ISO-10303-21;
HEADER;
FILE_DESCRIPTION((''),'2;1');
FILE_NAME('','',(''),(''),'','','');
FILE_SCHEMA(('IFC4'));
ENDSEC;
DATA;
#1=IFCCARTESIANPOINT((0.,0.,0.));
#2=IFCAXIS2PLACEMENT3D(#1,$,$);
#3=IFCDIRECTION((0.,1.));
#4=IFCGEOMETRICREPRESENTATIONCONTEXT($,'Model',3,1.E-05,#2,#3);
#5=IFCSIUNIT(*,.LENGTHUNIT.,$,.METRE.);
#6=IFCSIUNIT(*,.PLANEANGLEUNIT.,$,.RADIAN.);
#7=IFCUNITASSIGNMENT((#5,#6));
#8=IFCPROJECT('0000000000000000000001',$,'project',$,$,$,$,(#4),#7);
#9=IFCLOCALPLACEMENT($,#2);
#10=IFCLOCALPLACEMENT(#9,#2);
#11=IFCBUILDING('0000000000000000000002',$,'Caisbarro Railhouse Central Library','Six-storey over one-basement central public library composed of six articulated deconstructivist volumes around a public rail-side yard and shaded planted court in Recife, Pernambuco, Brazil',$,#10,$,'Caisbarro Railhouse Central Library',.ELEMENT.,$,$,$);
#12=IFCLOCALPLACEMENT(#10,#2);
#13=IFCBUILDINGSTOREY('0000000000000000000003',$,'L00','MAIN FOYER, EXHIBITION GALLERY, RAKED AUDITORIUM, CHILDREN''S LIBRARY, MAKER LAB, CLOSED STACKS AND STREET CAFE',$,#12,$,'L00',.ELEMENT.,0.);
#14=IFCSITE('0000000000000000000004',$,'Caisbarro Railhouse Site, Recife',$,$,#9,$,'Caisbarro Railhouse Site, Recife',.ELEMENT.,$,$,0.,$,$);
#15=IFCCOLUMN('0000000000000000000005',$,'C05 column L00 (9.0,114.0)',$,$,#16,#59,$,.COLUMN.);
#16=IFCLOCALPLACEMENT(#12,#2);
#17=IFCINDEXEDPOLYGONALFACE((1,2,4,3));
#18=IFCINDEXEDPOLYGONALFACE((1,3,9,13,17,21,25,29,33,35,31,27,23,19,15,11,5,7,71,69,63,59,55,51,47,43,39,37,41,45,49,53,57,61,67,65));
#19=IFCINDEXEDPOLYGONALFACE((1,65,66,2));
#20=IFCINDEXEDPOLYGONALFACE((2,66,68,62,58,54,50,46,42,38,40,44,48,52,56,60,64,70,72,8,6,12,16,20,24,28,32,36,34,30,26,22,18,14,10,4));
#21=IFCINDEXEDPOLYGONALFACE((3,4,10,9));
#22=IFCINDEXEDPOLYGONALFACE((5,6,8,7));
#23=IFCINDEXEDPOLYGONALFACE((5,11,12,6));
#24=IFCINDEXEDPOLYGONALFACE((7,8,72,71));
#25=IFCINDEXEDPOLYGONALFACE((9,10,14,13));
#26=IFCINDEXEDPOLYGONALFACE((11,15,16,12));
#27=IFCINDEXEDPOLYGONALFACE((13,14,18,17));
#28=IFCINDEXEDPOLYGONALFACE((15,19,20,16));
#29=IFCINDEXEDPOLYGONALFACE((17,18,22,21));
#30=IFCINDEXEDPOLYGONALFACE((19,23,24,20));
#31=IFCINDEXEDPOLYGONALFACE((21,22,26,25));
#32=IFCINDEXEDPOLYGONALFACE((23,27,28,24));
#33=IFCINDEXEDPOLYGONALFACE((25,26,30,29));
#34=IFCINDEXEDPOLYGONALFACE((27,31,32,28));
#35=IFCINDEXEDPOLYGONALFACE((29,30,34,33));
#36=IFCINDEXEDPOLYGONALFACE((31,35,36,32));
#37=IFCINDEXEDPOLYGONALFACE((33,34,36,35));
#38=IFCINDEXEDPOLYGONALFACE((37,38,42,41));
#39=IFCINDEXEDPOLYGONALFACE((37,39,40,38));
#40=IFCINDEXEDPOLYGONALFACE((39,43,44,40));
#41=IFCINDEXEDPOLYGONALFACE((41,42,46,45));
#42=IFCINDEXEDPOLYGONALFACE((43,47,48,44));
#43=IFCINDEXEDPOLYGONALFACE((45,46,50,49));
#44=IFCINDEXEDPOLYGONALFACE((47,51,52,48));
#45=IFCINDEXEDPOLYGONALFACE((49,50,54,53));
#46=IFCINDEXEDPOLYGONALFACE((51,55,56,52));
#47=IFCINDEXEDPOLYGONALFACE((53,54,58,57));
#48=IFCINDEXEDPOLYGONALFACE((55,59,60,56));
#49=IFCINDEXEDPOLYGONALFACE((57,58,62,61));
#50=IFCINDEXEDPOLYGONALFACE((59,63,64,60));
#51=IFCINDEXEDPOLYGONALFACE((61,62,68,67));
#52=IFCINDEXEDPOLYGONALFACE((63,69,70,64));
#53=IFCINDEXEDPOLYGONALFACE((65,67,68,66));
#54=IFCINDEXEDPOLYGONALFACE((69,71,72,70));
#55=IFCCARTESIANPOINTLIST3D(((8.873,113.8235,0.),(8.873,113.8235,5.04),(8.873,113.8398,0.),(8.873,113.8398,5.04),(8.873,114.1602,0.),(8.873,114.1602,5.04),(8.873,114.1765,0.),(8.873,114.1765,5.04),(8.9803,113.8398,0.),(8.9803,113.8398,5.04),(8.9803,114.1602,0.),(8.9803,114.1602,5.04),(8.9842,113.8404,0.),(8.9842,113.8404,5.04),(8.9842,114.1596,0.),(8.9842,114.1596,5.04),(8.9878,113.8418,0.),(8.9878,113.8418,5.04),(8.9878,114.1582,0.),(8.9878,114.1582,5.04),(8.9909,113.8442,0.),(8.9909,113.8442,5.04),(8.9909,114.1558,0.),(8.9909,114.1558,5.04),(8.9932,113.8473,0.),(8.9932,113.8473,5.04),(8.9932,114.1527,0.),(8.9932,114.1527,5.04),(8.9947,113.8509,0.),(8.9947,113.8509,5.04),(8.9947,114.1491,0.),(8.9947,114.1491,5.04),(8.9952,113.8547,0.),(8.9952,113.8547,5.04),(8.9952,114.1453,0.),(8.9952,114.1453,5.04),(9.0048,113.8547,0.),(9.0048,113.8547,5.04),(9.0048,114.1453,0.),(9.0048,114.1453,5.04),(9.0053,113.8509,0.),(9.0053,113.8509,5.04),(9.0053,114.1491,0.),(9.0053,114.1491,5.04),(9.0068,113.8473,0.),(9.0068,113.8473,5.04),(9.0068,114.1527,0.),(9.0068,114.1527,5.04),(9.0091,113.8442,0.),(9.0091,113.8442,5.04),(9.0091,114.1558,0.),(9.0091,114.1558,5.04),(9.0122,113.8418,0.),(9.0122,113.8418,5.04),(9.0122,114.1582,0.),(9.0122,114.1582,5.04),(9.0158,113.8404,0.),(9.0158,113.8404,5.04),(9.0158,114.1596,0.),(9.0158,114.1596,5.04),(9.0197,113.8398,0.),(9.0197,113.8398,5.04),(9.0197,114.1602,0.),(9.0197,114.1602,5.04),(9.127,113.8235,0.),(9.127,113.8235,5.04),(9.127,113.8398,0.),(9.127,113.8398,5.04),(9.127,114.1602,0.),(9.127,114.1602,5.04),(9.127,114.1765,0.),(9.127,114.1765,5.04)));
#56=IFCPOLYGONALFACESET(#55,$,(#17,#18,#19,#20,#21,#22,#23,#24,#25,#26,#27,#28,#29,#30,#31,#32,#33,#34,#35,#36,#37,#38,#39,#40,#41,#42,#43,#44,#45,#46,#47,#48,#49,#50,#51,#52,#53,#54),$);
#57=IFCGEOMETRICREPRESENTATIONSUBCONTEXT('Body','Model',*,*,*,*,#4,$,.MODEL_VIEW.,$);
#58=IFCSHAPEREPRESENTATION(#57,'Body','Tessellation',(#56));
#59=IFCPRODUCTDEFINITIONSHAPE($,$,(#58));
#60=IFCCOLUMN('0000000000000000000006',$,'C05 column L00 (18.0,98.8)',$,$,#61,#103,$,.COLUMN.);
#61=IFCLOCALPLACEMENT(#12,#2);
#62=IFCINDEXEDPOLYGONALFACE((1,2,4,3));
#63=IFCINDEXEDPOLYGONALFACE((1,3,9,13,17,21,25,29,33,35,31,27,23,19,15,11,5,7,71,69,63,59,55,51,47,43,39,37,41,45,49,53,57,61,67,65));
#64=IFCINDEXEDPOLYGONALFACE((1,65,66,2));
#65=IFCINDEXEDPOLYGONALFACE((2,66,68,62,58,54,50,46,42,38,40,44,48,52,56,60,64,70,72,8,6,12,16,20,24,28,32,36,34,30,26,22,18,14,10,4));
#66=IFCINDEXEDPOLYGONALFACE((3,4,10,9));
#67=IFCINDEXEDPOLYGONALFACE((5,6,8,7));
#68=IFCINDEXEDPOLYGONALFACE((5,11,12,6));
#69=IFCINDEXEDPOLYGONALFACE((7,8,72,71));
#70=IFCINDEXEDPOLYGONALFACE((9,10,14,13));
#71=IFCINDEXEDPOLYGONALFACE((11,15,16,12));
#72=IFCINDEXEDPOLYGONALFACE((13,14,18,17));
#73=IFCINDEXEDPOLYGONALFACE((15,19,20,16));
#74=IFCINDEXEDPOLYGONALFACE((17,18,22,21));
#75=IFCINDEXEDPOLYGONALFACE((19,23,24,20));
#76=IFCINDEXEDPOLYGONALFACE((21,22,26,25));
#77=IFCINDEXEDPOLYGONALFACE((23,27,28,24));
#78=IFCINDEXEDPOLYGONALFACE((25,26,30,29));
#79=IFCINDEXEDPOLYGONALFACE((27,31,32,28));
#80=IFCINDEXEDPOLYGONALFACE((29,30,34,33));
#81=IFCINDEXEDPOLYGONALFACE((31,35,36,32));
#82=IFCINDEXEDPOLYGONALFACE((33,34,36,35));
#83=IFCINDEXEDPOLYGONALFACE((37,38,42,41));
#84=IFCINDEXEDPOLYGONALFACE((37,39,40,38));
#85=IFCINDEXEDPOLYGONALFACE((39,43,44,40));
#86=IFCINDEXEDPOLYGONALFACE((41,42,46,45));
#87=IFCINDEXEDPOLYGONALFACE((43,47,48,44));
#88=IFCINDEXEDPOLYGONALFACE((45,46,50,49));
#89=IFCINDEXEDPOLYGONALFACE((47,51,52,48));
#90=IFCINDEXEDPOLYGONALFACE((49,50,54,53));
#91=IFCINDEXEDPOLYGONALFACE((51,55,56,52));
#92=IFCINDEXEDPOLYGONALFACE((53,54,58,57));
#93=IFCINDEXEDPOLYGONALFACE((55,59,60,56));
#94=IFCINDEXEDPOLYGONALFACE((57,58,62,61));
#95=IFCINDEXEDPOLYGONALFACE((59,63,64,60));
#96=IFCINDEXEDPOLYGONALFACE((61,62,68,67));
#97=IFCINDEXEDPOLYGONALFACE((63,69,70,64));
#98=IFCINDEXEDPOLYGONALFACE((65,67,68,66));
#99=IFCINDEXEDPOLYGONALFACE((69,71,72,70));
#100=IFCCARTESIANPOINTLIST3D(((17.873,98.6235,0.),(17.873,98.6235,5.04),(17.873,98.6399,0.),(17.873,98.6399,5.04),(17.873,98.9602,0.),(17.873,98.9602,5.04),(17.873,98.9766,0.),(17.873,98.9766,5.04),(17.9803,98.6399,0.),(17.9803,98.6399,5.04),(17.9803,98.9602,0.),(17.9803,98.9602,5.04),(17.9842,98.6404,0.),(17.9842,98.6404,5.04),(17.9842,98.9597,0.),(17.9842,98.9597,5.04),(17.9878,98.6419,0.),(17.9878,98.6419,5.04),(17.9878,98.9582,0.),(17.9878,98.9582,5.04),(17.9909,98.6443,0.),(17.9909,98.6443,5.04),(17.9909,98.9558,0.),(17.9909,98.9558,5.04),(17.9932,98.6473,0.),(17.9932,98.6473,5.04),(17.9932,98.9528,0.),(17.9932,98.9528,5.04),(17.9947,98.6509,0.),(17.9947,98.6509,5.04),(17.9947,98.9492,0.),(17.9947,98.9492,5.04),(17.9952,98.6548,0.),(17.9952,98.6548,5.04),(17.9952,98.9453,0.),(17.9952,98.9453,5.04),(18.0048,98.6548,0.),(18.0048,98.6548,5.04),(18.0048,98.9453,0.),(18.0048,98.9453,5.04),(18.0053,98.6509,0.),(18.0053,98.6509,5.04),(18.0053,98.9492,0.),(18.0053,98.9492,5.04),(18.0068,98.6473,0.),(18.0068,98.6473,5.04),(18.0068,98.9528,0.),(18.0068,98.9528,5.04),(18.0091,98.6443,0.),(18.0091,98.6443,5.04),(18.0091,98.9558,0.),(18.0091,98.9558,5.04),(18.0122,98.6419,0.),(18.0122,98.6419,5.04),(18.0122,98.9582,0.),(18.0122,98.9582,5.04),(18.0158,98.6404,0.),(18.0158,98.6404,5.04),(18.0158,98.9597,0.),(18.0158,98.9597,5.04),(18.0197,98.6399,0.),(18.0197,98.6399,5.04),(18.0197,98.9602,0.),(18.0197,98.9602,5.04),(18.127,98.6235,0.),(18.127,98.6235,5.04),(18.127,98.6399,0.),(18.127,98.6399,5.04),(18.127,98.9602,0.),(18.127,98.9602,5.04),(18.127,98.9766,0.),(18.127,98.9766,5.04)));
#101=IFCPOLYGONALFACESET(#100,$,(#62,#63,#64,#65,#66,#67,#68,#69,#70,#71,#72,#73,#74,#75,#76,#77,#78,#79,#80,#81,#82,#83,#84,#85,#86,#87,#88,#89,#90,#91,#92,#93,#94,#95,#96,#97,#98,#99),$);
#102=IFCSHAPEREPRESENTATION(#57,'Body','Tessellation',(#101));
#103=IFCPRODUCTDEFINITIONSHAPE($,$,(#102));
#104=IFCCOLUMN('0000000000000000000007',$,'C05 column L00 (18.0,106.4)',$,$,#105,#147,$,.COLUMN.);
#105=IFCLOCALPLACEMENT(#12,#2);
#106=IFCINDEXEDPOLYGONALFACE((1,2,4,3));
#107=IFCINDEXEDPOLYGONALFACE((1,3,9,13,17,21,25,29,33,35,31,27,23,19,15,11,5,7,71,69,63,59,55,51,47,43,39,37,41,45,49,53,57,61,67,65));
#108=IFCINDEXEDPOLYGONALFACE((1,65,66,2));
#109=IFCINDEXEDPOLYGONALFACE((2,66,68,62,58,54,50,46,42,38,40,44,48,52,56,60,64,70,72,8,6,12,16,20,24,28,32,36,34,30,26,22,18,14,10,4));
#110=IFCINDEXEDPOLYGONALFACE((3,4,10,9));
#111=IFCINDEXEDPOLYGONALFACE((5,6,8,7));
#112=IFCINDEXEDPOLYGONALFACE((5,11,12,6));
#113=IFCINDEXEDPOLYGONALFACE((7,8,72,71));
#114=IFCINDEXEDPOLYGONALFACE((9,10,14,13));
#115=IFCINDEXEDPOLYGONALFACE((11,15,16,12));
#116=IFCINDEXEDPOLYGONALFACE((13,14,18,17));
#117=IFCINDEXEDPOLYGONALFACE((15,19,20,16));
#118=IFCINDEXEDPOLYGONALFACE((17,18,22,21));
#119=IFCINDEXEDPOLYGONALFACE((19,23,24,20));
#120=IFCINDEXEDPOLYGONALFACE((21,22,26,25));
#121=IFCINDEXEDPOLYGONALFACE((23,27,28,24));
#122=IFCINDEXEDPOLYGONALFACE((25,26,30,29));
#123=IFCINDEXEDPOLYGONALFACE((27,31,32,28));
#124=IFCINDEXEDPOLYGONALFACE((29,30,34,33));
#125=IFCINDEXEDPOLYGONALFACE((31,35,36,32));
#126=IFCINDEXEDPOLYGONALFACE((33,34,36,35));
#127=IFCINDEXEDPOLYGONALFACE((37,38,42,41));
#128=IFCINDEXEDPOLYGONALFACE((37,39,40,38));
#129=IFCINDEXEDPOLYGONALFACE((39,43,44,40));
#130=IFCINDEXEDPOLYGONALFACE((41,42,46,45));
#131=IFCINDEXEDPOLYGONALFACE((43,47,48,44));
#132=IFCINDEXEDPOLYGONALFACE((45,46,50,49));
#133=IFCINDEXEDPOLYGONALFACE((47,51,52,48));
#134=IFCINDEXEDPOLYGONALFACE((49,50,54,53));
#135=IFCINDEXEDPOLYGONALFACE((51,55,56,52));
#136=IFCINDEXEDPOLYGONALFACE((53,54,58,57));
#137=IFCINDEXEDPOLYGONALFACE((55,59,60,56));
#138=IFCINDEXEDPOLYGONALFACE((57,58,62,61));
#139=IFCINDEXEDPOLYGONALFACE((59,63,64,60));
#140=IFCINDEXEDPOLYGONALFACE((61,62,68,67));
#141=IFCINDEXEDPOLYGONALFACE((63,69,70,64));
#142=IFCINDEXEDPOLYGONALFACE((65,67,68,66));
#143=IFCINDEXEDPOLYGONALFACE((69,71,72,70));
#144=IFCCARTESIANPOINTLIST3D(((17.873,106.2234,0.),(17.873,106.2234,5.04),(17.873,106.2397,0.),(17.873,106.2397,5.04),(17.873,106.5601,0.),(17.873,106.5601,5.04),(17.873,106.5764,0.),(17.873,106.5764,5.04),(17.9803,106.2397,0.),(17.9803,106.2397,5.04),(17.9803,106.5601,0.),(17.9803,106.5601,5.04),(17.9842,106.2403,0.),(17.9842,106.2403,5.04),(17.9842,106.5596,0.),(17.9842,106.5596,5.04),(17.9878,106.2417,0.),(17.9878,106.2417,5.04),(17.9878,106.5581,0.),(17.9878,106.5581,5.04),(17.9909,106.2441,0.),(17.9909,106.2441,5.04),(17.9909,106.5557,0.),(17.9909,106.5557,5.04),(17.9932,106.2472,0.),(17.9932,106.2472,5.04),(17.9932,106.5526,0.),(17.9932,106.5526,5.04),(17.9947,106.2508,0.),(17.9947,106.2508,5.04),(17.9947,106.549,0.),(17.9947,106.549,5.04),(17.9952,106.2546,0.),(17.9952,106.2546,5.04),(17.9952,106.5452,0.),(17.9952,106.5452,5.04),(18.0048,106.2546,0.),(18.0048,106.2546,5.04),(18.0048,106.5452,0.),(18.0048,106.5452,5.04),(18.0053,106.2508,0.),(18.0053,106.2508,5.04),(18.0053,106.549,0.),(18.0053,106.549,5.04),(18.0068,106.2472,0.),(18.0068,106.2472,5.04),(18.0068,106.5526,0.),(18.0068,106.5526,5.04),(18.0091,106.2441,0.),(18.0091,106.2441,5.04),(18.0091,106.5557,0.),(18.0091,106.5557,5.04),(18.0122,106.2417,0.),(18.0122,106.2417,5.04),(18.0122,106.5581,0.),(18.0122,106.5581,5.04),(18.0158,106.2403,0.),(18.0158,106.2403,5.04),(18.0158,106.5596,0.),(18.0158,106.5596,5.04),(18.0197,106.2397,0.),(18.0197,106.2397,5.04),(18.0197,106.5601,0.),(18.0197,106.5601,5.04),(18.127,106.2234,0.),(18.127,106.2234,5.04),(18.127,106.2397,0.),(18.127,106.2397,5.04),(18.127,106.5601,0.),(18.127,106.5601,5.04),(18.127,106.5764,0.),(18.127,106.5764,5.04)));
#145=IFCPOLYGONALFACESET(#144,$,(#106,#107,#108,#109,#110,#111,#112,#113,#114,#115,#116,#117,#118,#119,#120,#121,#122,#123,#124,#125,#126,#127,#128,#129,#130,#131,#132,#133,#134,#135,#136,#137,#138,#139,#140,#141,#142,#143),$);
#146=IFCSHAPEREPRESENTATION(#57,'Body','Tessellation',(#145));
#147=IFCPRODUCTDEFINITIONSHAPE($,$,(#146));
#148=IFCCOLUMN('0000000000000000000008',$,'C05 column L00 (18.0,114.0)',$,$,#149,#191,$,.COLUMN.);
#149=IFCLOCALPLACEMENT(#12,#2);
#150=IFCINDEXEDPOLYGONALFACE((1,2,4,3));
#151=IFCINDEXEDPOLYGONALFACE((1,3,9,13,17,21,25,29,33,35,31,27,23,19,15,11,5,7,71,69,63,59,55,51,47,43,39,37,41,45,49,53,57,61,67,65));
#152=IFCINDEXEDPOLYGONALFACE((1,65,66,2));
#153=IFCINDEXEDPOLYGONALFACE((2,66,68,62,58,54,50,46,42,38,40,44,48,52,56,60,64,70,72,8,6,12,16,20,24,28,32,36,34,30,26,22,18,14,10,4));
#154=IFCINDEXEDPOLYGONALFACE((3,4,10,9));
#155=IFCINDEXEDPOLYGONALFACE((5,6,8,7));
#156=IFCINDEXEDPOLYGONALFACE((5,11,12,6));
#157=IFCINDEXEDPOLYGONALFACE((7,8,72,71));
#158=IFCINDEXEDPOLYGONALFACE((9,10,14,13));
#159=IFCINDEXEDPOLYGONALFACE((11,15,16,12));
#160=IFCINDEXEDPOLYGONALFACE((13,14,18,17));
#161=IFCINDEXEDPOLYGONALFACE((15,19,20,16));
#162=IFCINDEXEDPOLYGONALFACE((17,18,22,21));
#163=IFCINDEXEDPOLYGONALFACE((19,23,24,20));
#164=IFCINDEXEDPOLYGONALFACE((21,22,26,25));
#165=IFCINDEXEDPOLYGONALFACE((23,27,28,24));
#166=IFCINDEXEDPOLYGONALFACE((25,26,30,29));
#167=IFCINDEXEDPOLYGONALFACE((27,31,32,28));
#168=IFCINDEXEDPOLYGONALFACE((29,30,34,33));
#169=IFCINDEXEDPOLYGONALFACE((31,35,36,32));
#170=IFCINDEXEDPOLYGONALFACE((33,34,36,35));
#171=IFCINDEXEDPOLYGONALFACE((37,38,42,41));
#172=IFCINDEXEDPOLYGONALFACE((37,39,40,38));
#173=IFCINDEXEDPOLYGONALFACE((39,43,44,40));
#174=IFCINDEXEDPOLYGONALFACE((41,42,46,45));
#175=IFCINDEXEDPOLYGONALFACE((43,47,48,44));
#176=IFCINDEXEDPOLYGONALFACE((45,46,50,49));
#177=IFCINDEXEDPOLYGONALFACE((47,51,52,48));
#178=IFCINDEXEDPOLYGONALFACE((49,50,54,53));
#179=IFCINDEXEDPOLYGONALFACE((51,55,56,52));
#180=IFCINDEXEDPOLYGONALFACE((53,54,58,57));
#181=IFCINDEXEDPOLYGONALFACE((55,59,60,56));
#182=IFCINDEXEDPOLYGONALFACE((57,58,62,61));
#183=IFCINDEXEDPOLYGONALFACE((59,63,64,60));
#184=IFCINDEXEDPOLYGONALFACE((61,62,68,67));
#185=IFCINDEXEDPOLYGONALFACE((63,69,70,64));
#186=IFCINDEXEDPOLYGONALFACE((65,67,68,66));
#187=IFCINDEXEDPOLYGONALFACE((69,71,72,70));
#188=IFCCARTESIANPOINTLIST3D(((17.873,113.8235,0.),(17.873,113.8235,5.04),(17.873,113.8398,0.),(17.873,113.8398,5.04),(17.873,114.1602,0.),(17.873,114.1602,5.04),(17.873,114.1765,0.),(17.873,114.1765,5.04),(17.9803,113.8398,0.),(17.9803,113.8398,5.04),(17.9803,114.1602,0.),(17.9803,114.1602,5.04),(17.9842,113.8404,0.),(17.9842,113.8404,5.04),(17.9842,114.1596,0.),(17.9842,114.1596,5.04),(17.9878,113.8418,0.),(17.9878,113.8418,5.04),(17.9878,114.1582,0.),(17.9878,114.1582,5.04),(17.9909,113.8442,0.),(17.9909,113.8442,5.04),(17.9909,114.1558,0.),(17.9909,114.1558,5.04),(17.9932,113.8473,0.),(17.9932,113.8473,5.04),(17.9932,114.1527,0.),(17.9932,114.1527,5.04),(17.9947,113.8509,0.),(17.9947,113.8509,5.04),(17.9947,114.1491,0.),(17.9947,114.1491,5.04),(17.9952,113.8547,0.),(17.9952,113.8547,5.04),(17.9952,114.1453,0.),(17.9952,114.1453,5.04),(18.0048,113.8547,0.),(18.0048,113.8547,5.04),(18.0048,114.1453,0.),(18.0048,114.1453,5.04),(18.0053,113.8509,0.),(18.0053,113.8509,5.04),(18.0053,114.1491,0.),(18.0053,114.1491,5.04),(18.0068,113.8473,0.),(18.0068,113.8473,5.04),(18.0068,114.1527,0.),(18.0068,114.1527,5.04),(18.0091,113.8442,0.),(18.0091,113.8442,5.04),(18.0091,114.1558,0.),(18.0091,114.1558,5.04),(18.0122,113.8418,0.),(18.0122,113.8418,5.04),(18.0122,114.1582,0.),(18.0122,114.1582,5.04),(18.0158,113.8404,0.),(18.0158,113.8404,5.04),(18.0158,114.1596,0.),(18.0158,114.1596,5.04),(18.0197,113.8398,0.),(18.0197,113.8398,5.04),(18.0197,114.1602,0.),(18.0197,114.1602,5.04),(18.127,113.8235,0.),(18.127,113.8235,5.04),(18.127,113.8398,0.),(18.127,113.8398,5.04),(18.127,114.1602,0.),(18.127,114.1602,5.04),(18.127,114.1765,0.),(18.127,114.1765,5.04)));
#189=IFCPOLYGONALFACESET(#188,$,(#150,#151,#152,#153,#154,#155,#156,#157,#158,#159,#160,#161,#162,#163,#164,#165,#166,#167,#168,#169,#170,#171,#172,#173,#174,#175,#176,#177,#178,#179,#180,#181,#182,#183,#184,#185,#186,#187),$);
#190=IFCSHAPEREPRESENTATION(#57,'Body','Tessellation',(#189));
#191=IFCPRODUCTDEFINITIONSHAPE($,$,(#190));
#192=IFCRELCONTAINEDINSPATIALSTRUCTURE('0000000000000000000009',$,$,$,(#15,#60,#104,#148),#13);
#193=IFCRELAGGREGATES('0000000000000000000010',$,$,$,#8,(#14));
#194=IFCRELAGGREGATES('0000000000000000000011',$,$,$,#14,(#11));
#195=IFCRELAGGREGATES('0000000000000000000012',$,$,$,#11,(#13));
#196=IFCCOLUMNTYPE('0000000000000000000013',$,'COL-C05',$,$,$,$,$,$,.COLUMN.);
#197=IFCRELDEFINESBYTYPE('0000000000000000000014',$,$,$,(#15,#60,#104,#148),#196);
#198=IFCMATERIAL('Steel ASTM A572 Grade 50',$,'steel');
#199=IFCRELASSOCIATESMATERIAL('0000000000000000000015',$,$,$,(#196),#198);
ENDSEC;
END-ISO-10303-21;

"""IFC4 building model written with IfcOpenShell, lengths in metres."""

from ifc_helpers import new_model, si_unit, direction, frame, origin, origin_2d, place, context, subcontext, project, spatial, i_section, extrude, material, material_profile, profile_set, type_object, element, save


model = new_model("IFC4")

# Units and contexts
model_context = context("Model", 3, precision=1e-05, world=origin(), true_north=direction((0.0, 1.0)))
body_context = subcontext(model_context, "Body", "Model", "MODEL_VIEW")
ifc_project = project(units=[si_unit("LENGTHUNIT", "METRE"), si_unit("PLANEANGLEUNIT", "RADIAN")], contexts=[model_context])

# Site, building, storey
site_placement = place(None, origin())
site = spatial("IfcSite", under=ifc_project, at=site_placement, Name="Caisbarro Railhouse Site, Recife", LongName="Caisbarro Railhouse Site, Recife", CompositionType="ELEMENT", RefElevation=0.0)
building_placement = place(site_placement, origin())
building = spatial("IfcBuilding", under=site, at=building_placement, Name="Caisbarro Railhouse Central Library", Description="Six-storey over one-basement central public library composed of six articulated deconstructivist volumes around a public rail-side yard and shaded planted court in Recife, Pernambuco, Brazil", LongName="Caisbarro Railhouse Central Library", CompositionType="ELEMENT")
storey_placement = place(building_placement, origin())
storey = spatial("IfcBuildingStorey", under=building, at=storey_placement, Name="L00", Description="MAIN FOYER, EXHIBITION GALLERY, RAKED AUDITORIUM, CHILDREN'S LIBRARY, MAKER LAB, CLOSED STACKS AND STREET CAFE", LongName="L00", CompositionType="ELEMENT", Elevation=0.0)

# Columns
ifc_material_1 = material(Name="Steel ASTM A572 Grade 50", Category="steel")
ifc_material_profile_1 = material_profile(ifc_material_1, i_section(OverallWidth=0.2539, OverallDepth=0.353, WebThickness=0.0095, FlangeThickness=0.0164, FilletRadius=0.0149, at=origin_2d()), Name="W360X91.0")
ifc_profile_set_1 = profile_set([ifc_material_profile_1], Name="Steel ASTM A572 Grade 50")
column_type = type_object("IfcColumnType", Name="COL-C05", PredefinedType="COLUMN", material=ifc_profile_set_1)
for number, where, z_axis, x_axis, name in (
    (1, (9.0, 114.0, 0.0), (0.0, 0.0, 1.0), (1.0, 0.0, 0.0), "C05 column L00 (9.0,114.0)"),
    (2, (18.0, 98.8, 0.0), (0.0, 0.0, 1.0), (1.0, 0.0, 0.0), "C05 column L00 (18.0,98.8)"),
    (3, (18.0, 106.3999, 0.0), (0.0, 0.0, 1.0), (1.0, 0.0, 0.0), "C05 column L00 (18.0,106.4)"),
    (4, (18.0, 114.0, 0.0), (0.0, 0.0, 1.0), (1.0, 0.0, 0.0), "C05 column L00 (18.0,114.0)"),
):
    element("IfcColumn", number, at=place(storey_placement, frame(where, z_axis=z_axis, x_axis=x_axis)), inside=storey, type_object=column_type, Name=name, PredefinedType="COLUMN", context=body_context, shape_type="SweptSolid", body=[
        extrude(i_section(OverallWidth=0.2539, OverallDepth=0.353, WebThickness=0.0095, FlangeThickness=0.0164, FilletRadius=0.0149, at=origin_2d()), origin(), (0.0, 0.0, 1.0), 5.04),
    ])

save(model, "model.ifc")
